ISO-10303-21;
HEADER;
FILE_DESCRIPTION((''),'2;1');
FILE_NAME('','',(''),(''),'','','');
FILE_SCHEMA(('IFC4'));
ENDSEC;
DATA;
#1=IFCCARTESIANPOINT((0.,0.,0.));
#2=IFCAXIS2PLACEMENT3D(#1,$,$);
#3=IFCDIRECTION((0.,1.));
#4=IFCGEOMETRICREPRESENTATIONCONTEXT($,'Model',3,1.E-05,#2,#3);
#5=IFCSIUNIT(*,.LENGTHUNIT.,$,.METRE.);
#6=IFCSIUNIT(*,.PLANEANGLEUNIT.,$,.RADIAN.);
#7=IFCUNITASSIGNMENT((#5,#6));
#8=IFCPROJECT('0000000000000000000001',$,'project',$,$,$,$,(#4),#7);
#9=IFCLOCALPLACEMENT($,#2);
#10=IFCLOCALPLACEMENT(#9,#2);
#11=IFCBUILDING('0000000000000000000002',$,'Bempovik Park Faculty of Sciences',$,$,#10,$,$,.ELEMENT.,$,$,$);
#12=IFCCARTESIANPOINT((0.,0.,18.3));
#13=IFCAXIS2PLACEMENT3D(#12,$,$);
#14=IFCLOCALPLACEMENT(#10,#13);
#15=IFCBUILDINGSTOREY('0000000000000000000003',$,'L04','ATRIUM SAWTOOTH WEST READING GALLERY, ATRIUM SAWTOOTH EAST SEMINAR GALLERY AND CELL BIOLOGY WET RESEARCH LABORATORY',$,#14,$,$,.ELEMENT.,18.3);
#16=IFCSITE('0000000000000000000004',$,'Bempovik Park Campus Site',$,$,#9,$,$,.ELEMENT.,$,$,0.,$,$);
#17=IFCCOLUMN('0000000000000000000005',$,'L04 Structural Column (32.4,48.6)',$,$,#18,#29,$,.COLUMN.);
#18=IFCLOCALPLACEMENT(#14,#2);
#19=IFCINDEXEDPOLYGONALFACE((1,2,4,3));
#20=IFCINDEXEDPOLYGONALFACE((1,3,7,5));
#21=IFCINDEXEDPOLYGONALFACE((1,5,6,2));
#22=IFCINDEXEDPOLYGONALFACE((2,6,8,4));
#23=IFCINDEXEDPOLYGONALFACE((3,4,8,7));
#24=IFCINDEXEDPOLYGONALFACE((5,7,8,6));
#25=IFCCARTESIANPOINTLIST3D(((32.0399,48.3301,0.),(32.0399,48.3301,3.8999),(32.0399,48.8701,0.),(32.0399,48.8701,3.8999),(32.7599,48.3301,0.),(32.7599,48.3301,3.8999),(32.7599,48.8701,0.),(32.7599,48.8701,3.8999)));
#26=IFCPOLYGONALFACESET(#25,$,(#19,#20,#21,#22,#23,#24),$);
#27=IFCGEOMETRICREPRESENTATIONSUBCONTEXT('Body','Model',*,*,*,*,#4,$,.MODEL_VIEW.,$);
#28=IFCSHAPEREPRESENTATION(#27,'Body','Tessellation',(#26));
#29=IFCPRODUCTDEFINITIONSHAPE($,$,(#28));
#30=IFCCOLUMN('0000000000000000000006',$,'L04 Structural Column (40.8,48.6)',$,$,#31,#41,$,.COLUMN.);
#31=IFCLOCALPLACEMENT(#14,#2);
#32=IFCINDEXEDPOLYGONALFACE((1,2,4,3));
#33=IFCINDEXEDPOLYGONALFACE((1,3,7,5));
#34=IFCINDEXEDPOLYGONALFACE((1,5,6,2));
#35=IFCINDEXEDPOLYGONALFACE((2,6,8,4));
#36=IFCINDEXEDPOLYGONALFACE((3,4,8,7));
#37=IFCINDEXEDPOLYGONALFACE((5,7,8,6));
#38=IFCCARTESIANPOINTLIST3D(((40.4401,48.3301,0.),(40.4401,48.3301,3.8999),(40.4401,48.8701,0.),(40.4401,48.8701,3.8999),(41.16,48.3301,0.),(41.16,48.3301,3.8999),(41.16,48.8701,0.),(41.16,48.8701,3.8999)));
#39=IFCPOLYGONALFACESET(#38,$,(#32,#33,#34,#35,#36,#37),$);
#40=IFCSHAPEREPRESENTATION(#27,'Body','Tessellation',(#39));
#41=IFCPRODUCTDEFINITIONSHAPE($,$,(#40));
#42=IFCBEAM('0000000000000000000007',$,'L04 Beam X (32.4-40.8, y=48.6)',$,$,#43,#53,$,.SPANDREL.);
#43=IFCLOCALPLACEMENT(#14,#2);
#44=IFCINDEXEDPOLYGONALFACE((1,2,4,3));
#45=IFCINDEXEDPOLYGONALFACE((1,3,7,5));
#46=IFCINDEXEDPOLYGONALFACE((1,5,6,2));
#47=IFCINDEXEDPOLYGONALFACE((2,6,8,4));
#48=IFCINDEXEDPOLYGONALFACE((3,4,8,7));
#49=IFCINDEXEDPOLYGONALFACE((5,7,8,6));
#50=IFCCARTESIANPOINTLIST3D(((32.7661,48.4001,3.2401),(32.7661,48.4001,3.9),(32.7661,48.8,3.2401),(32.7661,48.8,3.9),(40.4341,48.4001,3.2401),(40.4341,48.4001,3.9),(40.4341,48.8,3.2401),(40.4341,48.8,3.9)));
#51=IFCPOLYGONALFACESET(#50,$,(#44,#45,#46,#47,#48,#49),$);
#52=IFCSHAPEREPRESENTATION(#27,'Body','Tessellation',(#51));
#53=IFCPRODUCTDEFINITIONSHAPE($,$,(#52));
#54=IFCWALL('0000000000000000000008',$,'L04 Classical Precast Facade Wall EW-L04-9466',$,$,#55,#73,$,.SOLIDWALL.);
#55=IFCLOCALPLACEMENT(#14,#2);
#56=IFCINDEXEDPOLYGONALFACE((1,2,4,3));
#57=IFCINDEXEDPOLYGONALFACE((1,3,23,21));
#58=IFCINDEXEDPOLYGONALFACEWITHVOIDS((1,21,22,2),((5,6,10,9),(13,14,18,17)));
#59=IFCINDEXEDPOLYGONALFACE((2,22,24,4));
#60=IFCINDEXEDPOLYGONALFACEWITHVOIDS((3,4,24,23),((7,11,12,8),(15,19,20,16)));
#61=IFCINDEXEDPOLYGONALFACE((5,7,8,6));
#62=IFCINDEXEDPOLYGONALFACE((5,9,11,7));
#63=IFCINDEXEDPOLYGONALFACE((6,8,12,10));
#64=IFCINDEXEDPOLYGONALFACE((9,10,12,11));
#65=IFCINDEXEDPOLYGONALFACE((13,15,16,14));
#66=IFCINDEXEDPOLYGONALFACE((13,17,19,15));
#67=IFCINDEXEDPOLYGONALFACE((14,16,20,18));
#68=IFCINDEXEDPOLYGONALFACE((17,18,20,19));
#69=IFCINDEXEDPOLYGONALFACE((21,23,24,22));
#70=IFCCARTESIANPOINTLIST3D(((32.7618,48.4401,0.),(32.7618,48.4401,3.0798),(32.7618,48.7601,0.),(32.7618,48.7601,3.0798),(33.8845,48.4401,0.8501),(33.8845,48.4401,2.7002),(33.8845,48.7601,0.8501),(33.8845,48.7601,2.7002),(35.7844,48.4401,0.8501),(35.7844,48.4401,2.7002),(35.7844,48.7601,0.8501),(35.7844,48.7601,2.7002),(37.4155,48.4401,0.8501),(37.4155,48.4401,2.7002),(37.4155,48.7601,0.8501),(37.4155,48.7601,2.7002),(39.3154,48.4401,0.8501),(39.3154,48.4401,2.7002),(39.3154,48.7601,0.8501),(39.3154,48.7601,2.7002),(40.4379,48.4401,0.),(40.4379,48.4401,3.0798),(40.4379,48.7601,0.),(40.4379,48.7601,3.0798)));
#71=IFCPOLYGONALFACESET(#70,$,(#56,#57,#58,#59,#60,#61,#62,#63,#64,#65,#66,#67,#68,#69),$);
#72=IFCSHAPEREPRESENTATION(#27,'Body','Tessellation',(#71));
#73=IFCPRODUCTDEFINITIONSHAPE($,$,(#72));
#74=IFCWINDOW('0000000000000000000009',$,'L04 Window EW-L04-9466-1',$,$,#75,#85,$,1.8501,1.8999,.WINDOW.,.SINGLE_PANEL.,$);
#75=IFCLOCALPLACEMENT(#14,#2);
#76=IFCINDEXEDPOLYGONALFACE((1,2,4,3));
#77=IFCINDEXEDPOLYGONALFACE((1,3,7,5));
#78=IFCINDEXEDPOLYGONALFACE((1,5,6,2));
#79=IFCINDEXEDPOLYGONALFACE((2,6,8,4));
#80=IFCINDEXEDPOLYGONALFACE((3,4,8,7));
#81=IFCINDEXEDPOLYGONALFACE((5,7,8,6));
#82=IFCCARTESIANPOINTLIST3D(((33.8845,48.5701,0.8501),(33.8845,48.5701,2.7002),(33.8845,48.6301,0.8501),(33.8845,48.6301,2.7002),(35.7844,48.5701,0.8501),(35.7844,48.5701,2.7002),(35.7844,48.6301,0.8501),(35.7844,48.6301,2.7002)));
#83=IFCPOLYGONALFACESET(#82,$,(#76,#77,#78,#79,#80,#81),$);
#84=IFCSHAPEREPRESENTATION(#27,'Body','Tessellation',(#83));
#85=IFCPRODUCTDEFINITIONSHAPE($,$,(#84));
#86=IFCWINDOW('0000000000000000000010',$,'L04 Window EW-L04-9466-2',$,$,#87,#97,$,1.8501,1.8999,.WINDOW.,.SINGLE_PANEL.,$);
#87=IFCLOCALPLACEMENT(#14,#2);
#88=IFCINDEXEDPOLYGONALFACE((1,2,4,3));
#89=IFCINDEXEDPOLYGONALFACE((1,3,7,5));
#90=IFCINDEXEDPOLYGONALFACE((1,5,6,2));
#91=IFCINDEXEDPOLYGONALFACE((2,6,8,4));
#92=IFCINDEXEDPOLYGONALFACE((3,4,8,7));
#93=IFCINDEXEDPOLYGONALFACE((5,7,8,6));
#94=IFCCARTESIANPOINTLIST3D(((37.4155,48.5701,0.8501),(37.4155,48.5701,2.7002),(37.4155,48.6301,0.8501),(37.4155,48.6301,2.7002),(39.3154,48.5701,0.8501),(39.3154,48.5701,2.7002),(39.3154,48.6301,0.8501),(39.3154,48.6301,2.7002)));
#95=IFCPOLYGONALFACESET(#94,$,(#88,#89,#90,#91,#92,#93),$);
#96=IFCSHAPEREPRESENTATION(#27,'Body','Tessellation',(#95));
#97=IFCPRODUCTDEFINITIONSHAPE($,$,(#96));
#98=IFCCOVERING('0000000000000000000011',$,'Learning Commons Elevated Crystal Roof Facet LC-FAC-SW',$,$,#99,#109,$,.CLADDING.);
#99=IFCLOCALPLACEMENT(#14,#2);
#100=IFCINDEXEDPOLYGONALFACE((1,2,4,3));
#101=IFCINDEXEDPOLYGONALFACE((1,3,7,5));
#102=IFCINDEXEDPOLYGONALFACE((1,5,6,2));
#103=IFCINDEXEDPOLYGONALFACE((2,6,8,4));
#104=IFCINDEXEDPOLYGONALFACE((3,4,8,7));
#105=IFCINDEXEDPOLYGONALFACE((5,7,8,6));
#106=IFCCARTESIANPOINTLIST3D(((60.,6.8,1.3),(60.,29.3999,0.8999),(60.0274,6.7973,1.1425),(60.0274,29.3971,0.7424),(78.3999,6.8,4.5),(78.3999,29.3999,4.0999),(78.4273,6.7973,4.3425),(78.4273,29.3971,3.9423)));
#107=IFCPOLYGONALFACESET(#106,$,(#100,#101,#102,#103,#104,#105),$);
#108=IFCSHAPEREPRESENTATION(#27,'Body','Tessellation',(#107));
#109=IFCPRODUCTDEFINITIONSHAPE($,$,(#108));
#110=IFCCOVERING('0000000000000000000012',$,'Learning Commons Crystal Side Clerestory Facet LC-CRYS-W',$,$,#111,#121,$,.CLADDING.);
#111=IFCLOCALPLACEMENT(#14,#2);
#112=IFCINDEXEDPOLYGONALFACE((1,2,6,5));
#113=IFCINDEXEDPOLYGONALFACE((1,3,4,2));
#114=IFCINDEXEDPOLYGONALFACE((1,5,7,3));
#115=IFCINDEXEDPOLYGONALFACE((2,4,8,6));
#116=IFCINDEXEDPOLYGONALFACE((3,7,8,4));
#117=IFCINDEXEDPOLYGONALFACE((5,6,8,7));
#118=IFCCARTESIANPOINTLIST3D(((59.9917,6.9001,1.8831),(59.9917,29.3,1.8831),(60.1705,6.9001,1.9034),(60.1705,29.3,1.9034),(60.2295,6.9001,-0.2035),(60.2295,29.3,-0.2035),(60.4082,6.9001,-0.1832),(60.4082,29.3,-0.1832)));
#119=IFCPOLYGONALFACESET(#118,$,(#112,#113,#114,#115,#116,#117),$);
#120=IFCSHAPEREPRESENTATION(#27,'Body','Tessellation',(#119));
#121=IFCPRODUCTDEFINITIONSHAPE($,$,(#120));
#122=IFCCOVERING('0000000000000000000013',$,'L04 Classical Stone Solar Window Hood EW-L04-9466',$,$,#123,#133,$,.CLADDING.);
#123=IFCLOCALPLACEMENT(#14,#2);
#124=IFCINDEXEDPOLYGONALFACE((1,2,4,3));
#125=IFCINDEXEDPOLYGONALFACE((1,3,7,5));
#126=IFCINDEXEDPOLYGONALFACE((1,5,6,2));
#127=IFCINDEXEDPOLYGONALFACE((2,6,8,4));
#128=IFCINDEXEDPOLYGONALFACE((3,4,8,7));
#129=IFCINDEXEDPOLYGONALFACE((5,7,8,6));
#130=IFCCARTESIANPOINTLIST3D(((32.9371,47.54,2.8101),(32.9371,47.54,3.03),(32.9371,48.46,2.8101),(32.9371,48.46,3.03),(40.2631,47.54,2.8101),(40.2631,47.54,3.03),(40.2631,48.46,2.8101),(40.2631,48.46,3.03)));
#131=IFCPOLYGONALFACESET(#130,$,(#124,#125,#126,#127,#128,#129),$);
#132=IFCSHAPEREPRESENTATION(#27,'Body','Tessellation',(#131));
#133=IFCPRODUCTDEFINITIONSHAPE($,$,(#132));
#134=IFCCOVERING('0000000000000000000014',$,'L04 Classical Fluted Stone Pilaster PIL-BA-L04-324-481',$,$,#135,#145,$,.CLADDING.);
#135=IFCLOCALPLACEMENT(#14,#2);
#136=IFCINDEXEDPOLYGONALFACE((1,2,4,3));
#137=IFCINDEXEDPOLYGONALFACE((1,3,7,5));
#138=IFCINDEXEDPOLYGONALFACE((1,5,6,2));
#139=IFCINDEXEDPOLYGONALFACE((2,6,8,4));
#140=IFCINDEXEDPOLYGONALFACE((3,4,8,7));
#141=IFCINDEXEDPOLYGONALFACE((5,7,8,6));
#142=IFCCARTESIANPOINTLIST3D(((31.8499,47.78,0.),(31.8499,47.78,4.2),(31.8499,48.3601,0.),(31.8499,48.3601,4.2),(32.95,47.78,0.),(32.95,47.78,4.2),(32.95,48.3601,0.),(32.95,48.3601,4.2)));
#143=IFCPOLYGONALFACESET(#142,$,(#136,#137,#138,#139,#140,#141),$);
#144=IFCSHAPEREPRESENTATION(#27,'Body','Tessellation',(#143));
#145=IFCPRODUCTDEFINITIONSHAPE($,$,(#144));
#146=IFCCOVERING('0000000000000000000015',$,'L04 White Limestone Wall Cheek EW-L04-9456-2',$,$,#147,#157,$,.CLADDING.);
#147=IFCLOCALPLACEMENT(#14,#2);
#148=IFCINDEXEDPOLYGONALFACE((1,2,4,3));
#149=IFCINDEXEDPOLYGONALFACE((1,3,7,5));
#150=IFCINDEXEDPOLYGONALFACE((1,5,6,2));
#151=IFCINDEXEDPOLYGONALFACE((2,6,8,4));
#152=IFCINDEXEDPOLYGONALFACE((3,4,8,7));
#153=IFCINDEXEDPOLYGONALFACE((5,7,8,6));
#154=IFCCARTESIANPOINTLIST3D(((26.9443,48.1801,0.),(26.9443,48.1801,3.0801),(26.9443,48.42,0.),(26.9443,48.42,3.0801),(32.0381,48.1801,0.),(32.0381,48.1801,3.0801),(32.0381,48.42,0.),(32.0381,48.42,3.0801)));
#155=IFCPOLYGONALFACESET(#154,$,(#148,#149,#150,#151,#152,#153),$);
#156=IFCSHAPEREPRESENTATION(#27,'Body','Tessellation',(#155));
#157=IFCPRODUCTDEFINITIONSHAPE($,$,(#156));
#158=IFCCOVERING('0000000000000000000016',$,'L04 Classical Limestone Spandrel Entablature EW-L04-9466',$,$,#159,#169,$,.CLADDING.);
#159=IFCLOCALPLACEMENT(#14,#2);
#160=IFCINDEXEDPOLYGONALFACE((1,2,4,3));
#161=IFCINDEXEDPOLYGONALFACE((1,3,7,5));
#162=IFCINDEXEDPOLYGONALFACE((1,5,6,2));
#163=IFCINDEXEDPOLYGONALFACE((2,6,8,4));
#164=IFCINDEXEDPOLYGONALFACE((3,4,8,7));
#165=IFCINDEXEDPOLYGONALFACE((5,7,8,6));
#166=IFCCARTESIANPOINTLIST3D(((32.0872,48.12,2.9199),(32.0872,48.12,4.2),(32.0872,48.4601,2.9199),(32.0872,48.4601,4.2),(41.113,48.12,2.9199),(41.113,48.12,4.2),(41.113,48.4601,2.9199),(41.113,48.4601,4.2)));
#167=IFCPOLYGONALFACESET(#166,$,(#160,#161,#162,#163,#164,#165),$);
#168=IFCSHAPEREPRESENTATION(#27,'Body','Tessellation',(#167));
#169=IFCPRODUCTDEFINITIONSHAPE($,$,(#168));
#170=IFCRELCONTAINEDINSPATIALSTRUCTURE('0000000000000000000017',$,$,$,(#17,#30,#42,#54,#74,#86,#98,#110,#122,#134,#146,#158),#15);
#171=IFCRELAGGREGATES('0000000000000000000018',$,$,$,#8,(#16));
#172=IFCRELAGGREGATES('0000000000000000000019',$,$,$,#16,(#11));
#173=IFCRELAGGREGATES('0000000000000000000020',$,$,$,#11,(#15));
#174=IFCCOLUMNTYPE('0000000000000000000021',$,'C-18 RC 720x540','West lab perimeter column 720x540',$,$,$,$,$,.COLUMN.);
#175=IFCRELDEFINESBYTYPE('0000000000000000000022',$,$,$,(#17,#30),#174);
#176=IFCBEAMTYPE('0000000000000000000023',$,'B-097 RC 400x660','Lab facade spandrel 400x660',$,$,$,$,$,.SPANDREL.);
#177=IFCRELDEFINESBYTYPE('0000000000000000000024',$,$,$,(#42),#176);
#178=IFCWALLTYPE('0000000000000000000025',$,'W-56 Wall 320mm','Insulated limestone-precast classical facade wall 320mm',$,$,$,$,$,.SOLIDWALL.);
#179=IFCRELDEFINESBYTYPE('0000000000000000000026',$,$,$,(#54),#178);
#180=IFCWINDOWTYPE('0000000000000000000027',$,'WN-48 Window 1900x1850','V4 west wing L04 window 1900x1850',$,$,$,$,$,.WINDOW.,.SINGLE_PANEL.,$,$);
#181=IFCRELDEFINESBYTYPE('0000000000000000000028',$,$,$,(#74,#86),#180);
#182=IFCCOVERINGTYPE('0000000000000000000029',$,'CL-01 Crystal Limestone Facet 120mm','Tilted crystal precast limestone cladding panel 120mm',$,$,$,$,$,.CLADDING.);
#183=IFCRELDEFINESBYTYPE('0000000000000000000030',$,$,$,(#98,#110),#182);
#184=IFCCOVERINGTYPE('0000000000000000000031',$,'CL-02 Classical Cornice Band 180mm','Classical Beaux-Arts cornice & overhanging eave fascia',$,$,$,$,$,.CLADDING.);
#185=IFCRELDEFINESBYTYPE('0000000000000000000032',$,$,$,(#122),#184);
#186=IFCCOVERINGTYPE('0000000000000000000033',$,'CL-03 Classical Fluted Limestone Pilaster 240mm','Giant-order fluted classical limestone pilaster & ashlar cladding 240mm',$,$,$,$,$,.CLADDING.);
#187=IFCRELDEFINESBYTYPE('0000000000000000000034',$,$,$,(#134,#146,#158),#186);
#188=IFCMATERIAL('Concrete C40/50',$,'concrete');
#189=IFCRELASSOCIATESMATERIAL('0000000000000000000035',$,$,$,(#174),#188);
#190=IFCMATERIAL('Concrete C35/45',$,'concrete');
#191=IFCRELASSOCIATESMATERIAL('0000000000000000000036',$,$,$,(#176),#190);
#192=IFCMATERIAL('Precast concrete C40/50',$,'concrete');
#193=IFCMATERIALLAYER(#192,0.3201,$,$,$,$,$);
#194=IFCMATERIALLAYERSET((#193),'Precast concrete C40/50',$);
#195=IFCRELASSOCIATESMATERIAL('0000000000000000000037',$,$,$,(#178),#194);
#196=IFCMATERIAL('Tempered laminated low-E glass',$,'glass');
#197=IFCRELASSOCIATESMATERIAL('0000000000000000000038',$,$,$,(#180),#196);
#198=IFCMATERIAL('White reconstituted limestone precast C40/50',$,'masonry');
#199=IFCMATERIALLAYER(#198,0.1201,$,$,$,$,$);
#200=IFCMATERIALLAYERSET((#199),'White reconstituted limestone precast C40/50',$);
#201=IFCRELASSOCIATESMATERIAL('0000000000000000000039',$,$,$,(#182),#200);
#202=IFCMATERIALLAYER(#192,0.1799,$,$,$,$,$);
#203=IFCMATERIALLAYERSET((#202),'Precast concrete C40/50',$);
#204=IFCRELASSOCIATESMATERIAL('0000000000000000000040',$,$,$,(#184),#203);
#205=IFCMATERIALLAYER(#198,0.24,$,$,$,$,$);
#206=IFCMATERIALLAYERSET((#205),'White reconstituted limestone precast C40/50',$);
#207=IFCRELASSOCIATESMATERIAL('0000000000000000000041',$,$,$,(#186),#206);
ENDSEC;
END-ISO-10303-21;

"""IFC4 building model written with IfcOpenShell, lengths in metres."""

from ifc_helpers import new_model, si_unit, direction, frame, frame_2d, origin, origin_2d, place, context, subcontext, project, spatial, polyline, rectangle, outline, extrude, material, layer, layer_set, material_profile, profile_set, type_object, element, fill, save


model = new_model("IFC4")

# Units and contexts
model_context = context("Model", 3, precision=1e-05, world=origin(), true_north=direction((0.0, 1.0)))
body_context = subcontext(model_context, "Body", "Model", "MODEL_VIEW")
ifc_project = project(units=[si_unit("LENGTHUNIT", "METRE"), si_unit("PLANEANGLEUNIT", "RADIAN")], contexts=[model_context])

# Site, building, storey
site_placement = place(None, origin())
site = spatial("IfcSite", under=ifc_project, at=site_placement, Name="Bempovik Park Campus Site", CompositionType="ELEMENT", RefElevation=0.0)
building_placement = place(site_placement, origin())
building = spatial("IfcBuilding", under=site, at=building_placement, Name="Bempovik Park Faculty of Sciences", CompositionType="ELEMENT")
storey_placement = place(building_placement, frame((0.0, 0.0, 18.3)))
storey = spatial("IfcBuildingStorey", under=building, at=storey_placement, Name="L04", Description="ATRIUM SAWTOOTH WEST READING GALLERY, ATRIUM SAWTOOTH EAST SEMINAR GALLERY AND CELL BIOLOGY WET RESEARCH LABORATORY", CompositionType="ELEMENT", Elevation=18.3)

# Columns
ifc_material_1 = material(Name="Concrete C40/50", Category="concrete")
ifc_material_profile_1 = material_profile(ifc_material_1, rectangle(XDim=0.72, YDim=0.54, at=origin_2d()), Name="RC 720x540")
ifc_profile_set_1 = profile_set([ifc_material_profile_1], Name="Concrete C40/50")
column_type = type_object("IfcColumnType", Name="C-18 RC 720x540", Description="West lab perimeter column 720x540", PredefinedType="COLUMN", material=ifc_profile_set_1)
for number, where, z_axis, x_axis, name in (
    (1, (32.3999, 48.6001, 0.0), (0.0, 0.0, 1.0), (1.0, 0.0, 0.0), "L04 Structural Column (32.4,48.6)"),
    (2, (40.8, 48.6001, 0.0), (0.0, 0.0, 1.0), (1.0, 0.0, 0.0), "L04 Structural Column (40.8,48.6)"),
):
    element("IfcColumn", number, at=place(storey_placement, frame(where, z_axis=z_axis, x_axis=x_axis)), inside=storey, type_object=column_type, Name=name, PredefinedType="COLUMN", context=body_context, shape_type="SweptSolid", body=[
        extrude(rectangle(XDim=0.72, YDim=0.54, at=origin_2d()), origin(), (0.0, 0.0, 1.0), 3.8999),
    ])

# Beam
ifc_material_2 = material(Name="Concrete C35/45", Category="concrete")
ifc_material_profile_2 = material_profile(ifc_material_2, rectangle(XDim=0.3999, YDim=0.6599, at=origin_2d()), Name="RC 400x660")
ifc_profile_set_2 = profile_set([ifc_material_profile_2], Name="Concrete C35/45")
beam_type = type_object("IfcBeamType", Name="B-097 RC 400x660", Description="Lab facade spandrel 400x660", PredefinedType="SPANDREL", material=ifc_profile_set_2)
beam_placement = place(storey_placement, frame((32.7661, 48.6001, 3.5701), z_axis=(1.0, 0.0, 0.0), x_axis=(0.0, 1.0, 0.0)))
element("IfcBeam", 3, at=beam_placement, inside=storey, type_object=beam_type, Name="L04 Beam X (32.4-40.8, y=48.6)", PredefinedType="SPANDREL", context=body_context, shape_type="SweptSolid", body=[
    extrude(rectangle(XDim=0.3999, YDim=0.6599, at=origin_2d()), origin(), (0.0, 0.0, 1.0), 7.668),
])

# Wall, openings, windows
ifc_material_3 = material(Name="Precast concrete C40/50", Category="concrete")
ifc_layer_1 = layer(ifc_material_3, 0.3201)
ifc_layer_set_1 = layer_set([ifc_layer_1], Name="Precast concrete C40/50")
wall_type = type_object("IfcWallType", Name="W-56 Wall 320mm", Description="Insulated limestone-precast classical facade wall 320mm", PredefinedType="SOLIDWALL", material=ifc_layer_set_1)
wall_placement = place(storey_placement, frame((32.762, 48.6001, 0.0), z_axis=(0.0, 0.0, 1.0), x_axis=(1.0, 0.0, 0.0)))
wall = element("IfcWall", 4, at=wall_placement, inside=storey, type_object=wall_type, Name="L04 Classical Precast Facade Wall EW-L04-9466", PredefinedType="SOLIDWALL", context=body_context, shape_type="SweptSolid", body=[
    extrude(rectangle(XDim=7.676, YDim=0.3201, at=frame_2d((3.8379, 0.0))), origin(), (0.0, 0.0, 1.0), 3.0798),
])
opening_1_placement = place(wall_placement, frame((1.1226, 0.0, 0.8501)))
opening_1 = element("IfcOpeningElement", 5, at=opening_1_placement, cuts=wall, PredefinedType="OPENING", context=body_context, shape_type="SweptSolid", body=[
    extrude(rectangle(XDim=1.8999, YDim=1.8501, at=frame_2d((0.95, 0.925))), frame((0.0, 0.1699, 0.0), z_axis=(0.0, -1.0, 0.0), x_axis=(1.0, 0.0, 0.0)), (0.0, 0.0, 1.0), 0.3401),
])
opening_2_placement = place(wall_placement, frame((4.6536, 0.0, 0.8501)))
opening_2 = element("IfcOpeningElement", 6, at=opening_2_placement, cuts=wall, PredefinedType="OPENING", context=body_context, shape_type="SweptSolid", body=[
    extrude(rectangle(XDim=1.8999, YDim=1.8501, at=frame_2d((0.95, 0.925))), frame((0.0, 0.1699, 0.0), z_axis=(0.0, -1.0, 0.0), x_axis=(1.0, 0.0, 0.0)), (0.0, 0.0, 1.0), 0.3401),
])
ifc_material_4 = material(Name="Tempered laminated low-E glass", Category="glass")
window_type = type_object("IfcWindowType", Name="WN-48 Window 1900x1850", Description="V4 west wing L04 window 1900x1850", PartitioningType="SINGLE_PANEL", PredefinedType="WINDOW", material=ifc_material_4)
window_1_placement = place(opening_1_placement, origin())
window_1 = element("IfcWindow", 7, at=window_1_placement, inside=storey, type_object=window_type, Name="L04 Window EW-L04-9466-1", OverallHeight=1.8501, OverallWidth=1.8999, PartitioningType="SINGLE_PANEL", PredefinedType="WINDOW", context=body_context, shape_type="SweptSolid", body=[
    extrude(rectangle(XDim=1.8999, YDim=1.8501, at=frame_2d((0.95, 0.925))), frame((0.0, 0.03, 0.0), z_axis=(0.0, -1.0, 0.0), x_axis=(1.0, 0.0, 0.0)), (0.0, 0.0, 1.0), 0.0601),
])
fill(opening_1, window_1)
window_2_placement = place(opening_2_placement, origin())
window_2 = element("IfcWindow", 8, at=window_2_placement, inside=storey, type_object=window_type, Name="L04 Window EW-L04-9466-2", OverallHeight=1.8501, OverallWidth=1.8999, PartitioningType="SINGLE_PANEL", PredefinedType="WINDOW", context=body_context, shape_type="SweptSolid", body=[
    extrude(rectangle(XDim=1.8999, YDim=1.8501, at=frame_2d((0.95, 0.925))), frame((0.0, 0.03, 0.0), z_axis=(0.0, -1.0, 0.0), x_axis=(1.0, 0.0, 0.0)), (0.0, 0.0, 1.0), 0.0601),
])
fill(opening_2, window_2)

# Coverings
ifc_material_5 = material(Name="White reconstituted limestone precast C40/50", Category="masonry")
ifc_layer_2 = layer(ifc_material_5, 0.1201)
ifc_layer_set_2 = layer_set([ifc_layer_2], Name="White reconstituted limestone precast C40/50")
covering_type_1 = type_object("IfcCoveringType", Name="CL-01 Crystal Limestone Facet 120mm", Description="Tilted crystal precast limestone cladding panel 120mm", PredefinedType="CLADDING", material=ifc_layer_set_2)
covering_1_placement = place(storey_placement, frame((60.0, 6.8, 1.3), z_axis=(-0.171313, 0.017441, 0.985062), x_axis=(0.985212, 0.0, 0.17134)))
element("IfcCovering", 9, at=covering_1_placement, inside=storey, type_object=covering_type_1, Name="Learning Commons Elevated Crystal Roof Facet LC-FAC-SW", PredefinedType="CLADDING", context=body_context, shape_type="SweptSolid", body=[
    extrude(outline(polyline([(0.0, 0.0), (18.6761, 0.0), (18.6075, 22.6033), (-0.0686, 22.6033), (0.0, 0.0)])), origin(), (0.0, 0.0, -1.0), 0.1599),
])
covering_2_placement = place(storey_placement, frame((60.3188, 18.1001, -0.1934), z_axis=(-0.113203, 0.0, 0.993572), x_axis=(0.0, 1.0, 0.0)))
element("IfcCovering", 10, at=covering_2_placement, inside=storey, type_object=covering_type_1, Name="Learning Commons Crystal Side Clerestory Facet LC-CRYS-W", PredefinedType="CLADDING", context=body_context, shape_type="SweptSolid", body=[
    extrude(rectangle(XDim=22.3999, YDim=0.1799, at=origin_2d()), origin(), (0.0, 0.0, 1.0), 2.1001),
])
ifc_layer_3 = layer(ifc_material_3, 0.1799)
ifc_layer_set_3 = layer_set([ifc_layer_3], Name="Precast concrete C40/50")
covering_type_2 = type_object("IfcCoveringType", Name="CL-02 Classical Cornice Band 180mm", Description="Classical Beaux-Arts cornice & overhanging eave fascia", PredefinedType="CLADDING", material=ifc_layer_set_3)
covering_3_placement = place(storey_placement, frame((36.6001, 48.0, 2.8101), z_axis=(0.0, 0.0, 1.0), x_axis=(1.0, 0.0, 0.0)))
element("IfcCovering", 11, at=covering_3_placement, inside=storey, type_object=covering_type_2, Name="L04 Classical Stone Solar Window Hood EW-L04-9466", PredefinedType="CLADDING", context=body_context, shape_type="SweptSolid", body=[
    extrude(rectangle(XDim=7.3259, YDim=0.9199, at=origin_2d()), origin(), (0.0, 0.0, 1.0), 0.22),
])
ifc_layer_4 = layer(ifc_material_5, 0.24)
ifc_layer_set_4 = layer_set([ifc_layer_4], Name="White reconstituted limestone precast C40/50")
covering_type_3 = type_object("IfcCoveringType", Name="CL-03 Classical Fluted Limestone Pilaster 240mm", Description="Giant-order fluted classical limestone pilaster & ashlar cladding 240mm", PredefinedType="CLADDING", material=ifc_layer_set_4)
covering_4_placement = place(storey_placement, frame((32.3999, 48.0701, 0.0), z_axis=(0.0, 0.0, 1.0), x_axis=(1.0, 0.0, 0.0)))
element("IfcCovering", 12, at=covering_4_placement, inside=storey, type_object=covering_type_3, Name="L04 Classical Fluted Stone Pilaster PIL-BA-L04-324-481", PredefinedType="CLADDING", context=body_context, shape_type="SweptSolid", body=[
    extrude(rectangle(XDim=1.1001, YDim=0.5801, at=origin_2d()), origin(), (0.0, 0.0, 1.0), 4.2),
])
covering_5_placement = place(storey_placement, frame((29.4912, 48.3, 0.0), z_axis=(0.0, 0.0, 1.0), x_axis=(1.0, 0.0, 0.0)))
element("IfcCovering", 13, at=covering_5_placement, inside=storey, type_object=covering_type_3, Name="L04 White Limestone Wall Cheek EW-L04-9456-2", PredefinedType="CLADDING", context=body_context, shape_type="SweptSolid", body=[
    extrude(rectangle(XDim=5.0938, YDim=0.24, at=origin_2d()), origin(), (0.0, 0.0, 1.0), 3.0801),
])
covering_6_placement = place(storey_placement, frame((36.6001, 48.29, 2.9199), z_axis=(0.0, 0.0, 1.0), x_axis=(1.0, 0.0, 0.0)))
element("IfcCovering", 14, at=covering_6_placement, inside=storey, type_object=covering_type_3, Name="L04 Classical Limestone Spandrel Entablature EW-L04-9466", PredefinedType="CLADDING", context=body_context, shape_type="SweptSolid", body=[
    extrude(rectangle(XDim=9.0259, YDim=0.3401, at=origin_2d()), origin(), (0.0, 0.0, 1.0), 1.28),
])

save(model, "model.ifc")
